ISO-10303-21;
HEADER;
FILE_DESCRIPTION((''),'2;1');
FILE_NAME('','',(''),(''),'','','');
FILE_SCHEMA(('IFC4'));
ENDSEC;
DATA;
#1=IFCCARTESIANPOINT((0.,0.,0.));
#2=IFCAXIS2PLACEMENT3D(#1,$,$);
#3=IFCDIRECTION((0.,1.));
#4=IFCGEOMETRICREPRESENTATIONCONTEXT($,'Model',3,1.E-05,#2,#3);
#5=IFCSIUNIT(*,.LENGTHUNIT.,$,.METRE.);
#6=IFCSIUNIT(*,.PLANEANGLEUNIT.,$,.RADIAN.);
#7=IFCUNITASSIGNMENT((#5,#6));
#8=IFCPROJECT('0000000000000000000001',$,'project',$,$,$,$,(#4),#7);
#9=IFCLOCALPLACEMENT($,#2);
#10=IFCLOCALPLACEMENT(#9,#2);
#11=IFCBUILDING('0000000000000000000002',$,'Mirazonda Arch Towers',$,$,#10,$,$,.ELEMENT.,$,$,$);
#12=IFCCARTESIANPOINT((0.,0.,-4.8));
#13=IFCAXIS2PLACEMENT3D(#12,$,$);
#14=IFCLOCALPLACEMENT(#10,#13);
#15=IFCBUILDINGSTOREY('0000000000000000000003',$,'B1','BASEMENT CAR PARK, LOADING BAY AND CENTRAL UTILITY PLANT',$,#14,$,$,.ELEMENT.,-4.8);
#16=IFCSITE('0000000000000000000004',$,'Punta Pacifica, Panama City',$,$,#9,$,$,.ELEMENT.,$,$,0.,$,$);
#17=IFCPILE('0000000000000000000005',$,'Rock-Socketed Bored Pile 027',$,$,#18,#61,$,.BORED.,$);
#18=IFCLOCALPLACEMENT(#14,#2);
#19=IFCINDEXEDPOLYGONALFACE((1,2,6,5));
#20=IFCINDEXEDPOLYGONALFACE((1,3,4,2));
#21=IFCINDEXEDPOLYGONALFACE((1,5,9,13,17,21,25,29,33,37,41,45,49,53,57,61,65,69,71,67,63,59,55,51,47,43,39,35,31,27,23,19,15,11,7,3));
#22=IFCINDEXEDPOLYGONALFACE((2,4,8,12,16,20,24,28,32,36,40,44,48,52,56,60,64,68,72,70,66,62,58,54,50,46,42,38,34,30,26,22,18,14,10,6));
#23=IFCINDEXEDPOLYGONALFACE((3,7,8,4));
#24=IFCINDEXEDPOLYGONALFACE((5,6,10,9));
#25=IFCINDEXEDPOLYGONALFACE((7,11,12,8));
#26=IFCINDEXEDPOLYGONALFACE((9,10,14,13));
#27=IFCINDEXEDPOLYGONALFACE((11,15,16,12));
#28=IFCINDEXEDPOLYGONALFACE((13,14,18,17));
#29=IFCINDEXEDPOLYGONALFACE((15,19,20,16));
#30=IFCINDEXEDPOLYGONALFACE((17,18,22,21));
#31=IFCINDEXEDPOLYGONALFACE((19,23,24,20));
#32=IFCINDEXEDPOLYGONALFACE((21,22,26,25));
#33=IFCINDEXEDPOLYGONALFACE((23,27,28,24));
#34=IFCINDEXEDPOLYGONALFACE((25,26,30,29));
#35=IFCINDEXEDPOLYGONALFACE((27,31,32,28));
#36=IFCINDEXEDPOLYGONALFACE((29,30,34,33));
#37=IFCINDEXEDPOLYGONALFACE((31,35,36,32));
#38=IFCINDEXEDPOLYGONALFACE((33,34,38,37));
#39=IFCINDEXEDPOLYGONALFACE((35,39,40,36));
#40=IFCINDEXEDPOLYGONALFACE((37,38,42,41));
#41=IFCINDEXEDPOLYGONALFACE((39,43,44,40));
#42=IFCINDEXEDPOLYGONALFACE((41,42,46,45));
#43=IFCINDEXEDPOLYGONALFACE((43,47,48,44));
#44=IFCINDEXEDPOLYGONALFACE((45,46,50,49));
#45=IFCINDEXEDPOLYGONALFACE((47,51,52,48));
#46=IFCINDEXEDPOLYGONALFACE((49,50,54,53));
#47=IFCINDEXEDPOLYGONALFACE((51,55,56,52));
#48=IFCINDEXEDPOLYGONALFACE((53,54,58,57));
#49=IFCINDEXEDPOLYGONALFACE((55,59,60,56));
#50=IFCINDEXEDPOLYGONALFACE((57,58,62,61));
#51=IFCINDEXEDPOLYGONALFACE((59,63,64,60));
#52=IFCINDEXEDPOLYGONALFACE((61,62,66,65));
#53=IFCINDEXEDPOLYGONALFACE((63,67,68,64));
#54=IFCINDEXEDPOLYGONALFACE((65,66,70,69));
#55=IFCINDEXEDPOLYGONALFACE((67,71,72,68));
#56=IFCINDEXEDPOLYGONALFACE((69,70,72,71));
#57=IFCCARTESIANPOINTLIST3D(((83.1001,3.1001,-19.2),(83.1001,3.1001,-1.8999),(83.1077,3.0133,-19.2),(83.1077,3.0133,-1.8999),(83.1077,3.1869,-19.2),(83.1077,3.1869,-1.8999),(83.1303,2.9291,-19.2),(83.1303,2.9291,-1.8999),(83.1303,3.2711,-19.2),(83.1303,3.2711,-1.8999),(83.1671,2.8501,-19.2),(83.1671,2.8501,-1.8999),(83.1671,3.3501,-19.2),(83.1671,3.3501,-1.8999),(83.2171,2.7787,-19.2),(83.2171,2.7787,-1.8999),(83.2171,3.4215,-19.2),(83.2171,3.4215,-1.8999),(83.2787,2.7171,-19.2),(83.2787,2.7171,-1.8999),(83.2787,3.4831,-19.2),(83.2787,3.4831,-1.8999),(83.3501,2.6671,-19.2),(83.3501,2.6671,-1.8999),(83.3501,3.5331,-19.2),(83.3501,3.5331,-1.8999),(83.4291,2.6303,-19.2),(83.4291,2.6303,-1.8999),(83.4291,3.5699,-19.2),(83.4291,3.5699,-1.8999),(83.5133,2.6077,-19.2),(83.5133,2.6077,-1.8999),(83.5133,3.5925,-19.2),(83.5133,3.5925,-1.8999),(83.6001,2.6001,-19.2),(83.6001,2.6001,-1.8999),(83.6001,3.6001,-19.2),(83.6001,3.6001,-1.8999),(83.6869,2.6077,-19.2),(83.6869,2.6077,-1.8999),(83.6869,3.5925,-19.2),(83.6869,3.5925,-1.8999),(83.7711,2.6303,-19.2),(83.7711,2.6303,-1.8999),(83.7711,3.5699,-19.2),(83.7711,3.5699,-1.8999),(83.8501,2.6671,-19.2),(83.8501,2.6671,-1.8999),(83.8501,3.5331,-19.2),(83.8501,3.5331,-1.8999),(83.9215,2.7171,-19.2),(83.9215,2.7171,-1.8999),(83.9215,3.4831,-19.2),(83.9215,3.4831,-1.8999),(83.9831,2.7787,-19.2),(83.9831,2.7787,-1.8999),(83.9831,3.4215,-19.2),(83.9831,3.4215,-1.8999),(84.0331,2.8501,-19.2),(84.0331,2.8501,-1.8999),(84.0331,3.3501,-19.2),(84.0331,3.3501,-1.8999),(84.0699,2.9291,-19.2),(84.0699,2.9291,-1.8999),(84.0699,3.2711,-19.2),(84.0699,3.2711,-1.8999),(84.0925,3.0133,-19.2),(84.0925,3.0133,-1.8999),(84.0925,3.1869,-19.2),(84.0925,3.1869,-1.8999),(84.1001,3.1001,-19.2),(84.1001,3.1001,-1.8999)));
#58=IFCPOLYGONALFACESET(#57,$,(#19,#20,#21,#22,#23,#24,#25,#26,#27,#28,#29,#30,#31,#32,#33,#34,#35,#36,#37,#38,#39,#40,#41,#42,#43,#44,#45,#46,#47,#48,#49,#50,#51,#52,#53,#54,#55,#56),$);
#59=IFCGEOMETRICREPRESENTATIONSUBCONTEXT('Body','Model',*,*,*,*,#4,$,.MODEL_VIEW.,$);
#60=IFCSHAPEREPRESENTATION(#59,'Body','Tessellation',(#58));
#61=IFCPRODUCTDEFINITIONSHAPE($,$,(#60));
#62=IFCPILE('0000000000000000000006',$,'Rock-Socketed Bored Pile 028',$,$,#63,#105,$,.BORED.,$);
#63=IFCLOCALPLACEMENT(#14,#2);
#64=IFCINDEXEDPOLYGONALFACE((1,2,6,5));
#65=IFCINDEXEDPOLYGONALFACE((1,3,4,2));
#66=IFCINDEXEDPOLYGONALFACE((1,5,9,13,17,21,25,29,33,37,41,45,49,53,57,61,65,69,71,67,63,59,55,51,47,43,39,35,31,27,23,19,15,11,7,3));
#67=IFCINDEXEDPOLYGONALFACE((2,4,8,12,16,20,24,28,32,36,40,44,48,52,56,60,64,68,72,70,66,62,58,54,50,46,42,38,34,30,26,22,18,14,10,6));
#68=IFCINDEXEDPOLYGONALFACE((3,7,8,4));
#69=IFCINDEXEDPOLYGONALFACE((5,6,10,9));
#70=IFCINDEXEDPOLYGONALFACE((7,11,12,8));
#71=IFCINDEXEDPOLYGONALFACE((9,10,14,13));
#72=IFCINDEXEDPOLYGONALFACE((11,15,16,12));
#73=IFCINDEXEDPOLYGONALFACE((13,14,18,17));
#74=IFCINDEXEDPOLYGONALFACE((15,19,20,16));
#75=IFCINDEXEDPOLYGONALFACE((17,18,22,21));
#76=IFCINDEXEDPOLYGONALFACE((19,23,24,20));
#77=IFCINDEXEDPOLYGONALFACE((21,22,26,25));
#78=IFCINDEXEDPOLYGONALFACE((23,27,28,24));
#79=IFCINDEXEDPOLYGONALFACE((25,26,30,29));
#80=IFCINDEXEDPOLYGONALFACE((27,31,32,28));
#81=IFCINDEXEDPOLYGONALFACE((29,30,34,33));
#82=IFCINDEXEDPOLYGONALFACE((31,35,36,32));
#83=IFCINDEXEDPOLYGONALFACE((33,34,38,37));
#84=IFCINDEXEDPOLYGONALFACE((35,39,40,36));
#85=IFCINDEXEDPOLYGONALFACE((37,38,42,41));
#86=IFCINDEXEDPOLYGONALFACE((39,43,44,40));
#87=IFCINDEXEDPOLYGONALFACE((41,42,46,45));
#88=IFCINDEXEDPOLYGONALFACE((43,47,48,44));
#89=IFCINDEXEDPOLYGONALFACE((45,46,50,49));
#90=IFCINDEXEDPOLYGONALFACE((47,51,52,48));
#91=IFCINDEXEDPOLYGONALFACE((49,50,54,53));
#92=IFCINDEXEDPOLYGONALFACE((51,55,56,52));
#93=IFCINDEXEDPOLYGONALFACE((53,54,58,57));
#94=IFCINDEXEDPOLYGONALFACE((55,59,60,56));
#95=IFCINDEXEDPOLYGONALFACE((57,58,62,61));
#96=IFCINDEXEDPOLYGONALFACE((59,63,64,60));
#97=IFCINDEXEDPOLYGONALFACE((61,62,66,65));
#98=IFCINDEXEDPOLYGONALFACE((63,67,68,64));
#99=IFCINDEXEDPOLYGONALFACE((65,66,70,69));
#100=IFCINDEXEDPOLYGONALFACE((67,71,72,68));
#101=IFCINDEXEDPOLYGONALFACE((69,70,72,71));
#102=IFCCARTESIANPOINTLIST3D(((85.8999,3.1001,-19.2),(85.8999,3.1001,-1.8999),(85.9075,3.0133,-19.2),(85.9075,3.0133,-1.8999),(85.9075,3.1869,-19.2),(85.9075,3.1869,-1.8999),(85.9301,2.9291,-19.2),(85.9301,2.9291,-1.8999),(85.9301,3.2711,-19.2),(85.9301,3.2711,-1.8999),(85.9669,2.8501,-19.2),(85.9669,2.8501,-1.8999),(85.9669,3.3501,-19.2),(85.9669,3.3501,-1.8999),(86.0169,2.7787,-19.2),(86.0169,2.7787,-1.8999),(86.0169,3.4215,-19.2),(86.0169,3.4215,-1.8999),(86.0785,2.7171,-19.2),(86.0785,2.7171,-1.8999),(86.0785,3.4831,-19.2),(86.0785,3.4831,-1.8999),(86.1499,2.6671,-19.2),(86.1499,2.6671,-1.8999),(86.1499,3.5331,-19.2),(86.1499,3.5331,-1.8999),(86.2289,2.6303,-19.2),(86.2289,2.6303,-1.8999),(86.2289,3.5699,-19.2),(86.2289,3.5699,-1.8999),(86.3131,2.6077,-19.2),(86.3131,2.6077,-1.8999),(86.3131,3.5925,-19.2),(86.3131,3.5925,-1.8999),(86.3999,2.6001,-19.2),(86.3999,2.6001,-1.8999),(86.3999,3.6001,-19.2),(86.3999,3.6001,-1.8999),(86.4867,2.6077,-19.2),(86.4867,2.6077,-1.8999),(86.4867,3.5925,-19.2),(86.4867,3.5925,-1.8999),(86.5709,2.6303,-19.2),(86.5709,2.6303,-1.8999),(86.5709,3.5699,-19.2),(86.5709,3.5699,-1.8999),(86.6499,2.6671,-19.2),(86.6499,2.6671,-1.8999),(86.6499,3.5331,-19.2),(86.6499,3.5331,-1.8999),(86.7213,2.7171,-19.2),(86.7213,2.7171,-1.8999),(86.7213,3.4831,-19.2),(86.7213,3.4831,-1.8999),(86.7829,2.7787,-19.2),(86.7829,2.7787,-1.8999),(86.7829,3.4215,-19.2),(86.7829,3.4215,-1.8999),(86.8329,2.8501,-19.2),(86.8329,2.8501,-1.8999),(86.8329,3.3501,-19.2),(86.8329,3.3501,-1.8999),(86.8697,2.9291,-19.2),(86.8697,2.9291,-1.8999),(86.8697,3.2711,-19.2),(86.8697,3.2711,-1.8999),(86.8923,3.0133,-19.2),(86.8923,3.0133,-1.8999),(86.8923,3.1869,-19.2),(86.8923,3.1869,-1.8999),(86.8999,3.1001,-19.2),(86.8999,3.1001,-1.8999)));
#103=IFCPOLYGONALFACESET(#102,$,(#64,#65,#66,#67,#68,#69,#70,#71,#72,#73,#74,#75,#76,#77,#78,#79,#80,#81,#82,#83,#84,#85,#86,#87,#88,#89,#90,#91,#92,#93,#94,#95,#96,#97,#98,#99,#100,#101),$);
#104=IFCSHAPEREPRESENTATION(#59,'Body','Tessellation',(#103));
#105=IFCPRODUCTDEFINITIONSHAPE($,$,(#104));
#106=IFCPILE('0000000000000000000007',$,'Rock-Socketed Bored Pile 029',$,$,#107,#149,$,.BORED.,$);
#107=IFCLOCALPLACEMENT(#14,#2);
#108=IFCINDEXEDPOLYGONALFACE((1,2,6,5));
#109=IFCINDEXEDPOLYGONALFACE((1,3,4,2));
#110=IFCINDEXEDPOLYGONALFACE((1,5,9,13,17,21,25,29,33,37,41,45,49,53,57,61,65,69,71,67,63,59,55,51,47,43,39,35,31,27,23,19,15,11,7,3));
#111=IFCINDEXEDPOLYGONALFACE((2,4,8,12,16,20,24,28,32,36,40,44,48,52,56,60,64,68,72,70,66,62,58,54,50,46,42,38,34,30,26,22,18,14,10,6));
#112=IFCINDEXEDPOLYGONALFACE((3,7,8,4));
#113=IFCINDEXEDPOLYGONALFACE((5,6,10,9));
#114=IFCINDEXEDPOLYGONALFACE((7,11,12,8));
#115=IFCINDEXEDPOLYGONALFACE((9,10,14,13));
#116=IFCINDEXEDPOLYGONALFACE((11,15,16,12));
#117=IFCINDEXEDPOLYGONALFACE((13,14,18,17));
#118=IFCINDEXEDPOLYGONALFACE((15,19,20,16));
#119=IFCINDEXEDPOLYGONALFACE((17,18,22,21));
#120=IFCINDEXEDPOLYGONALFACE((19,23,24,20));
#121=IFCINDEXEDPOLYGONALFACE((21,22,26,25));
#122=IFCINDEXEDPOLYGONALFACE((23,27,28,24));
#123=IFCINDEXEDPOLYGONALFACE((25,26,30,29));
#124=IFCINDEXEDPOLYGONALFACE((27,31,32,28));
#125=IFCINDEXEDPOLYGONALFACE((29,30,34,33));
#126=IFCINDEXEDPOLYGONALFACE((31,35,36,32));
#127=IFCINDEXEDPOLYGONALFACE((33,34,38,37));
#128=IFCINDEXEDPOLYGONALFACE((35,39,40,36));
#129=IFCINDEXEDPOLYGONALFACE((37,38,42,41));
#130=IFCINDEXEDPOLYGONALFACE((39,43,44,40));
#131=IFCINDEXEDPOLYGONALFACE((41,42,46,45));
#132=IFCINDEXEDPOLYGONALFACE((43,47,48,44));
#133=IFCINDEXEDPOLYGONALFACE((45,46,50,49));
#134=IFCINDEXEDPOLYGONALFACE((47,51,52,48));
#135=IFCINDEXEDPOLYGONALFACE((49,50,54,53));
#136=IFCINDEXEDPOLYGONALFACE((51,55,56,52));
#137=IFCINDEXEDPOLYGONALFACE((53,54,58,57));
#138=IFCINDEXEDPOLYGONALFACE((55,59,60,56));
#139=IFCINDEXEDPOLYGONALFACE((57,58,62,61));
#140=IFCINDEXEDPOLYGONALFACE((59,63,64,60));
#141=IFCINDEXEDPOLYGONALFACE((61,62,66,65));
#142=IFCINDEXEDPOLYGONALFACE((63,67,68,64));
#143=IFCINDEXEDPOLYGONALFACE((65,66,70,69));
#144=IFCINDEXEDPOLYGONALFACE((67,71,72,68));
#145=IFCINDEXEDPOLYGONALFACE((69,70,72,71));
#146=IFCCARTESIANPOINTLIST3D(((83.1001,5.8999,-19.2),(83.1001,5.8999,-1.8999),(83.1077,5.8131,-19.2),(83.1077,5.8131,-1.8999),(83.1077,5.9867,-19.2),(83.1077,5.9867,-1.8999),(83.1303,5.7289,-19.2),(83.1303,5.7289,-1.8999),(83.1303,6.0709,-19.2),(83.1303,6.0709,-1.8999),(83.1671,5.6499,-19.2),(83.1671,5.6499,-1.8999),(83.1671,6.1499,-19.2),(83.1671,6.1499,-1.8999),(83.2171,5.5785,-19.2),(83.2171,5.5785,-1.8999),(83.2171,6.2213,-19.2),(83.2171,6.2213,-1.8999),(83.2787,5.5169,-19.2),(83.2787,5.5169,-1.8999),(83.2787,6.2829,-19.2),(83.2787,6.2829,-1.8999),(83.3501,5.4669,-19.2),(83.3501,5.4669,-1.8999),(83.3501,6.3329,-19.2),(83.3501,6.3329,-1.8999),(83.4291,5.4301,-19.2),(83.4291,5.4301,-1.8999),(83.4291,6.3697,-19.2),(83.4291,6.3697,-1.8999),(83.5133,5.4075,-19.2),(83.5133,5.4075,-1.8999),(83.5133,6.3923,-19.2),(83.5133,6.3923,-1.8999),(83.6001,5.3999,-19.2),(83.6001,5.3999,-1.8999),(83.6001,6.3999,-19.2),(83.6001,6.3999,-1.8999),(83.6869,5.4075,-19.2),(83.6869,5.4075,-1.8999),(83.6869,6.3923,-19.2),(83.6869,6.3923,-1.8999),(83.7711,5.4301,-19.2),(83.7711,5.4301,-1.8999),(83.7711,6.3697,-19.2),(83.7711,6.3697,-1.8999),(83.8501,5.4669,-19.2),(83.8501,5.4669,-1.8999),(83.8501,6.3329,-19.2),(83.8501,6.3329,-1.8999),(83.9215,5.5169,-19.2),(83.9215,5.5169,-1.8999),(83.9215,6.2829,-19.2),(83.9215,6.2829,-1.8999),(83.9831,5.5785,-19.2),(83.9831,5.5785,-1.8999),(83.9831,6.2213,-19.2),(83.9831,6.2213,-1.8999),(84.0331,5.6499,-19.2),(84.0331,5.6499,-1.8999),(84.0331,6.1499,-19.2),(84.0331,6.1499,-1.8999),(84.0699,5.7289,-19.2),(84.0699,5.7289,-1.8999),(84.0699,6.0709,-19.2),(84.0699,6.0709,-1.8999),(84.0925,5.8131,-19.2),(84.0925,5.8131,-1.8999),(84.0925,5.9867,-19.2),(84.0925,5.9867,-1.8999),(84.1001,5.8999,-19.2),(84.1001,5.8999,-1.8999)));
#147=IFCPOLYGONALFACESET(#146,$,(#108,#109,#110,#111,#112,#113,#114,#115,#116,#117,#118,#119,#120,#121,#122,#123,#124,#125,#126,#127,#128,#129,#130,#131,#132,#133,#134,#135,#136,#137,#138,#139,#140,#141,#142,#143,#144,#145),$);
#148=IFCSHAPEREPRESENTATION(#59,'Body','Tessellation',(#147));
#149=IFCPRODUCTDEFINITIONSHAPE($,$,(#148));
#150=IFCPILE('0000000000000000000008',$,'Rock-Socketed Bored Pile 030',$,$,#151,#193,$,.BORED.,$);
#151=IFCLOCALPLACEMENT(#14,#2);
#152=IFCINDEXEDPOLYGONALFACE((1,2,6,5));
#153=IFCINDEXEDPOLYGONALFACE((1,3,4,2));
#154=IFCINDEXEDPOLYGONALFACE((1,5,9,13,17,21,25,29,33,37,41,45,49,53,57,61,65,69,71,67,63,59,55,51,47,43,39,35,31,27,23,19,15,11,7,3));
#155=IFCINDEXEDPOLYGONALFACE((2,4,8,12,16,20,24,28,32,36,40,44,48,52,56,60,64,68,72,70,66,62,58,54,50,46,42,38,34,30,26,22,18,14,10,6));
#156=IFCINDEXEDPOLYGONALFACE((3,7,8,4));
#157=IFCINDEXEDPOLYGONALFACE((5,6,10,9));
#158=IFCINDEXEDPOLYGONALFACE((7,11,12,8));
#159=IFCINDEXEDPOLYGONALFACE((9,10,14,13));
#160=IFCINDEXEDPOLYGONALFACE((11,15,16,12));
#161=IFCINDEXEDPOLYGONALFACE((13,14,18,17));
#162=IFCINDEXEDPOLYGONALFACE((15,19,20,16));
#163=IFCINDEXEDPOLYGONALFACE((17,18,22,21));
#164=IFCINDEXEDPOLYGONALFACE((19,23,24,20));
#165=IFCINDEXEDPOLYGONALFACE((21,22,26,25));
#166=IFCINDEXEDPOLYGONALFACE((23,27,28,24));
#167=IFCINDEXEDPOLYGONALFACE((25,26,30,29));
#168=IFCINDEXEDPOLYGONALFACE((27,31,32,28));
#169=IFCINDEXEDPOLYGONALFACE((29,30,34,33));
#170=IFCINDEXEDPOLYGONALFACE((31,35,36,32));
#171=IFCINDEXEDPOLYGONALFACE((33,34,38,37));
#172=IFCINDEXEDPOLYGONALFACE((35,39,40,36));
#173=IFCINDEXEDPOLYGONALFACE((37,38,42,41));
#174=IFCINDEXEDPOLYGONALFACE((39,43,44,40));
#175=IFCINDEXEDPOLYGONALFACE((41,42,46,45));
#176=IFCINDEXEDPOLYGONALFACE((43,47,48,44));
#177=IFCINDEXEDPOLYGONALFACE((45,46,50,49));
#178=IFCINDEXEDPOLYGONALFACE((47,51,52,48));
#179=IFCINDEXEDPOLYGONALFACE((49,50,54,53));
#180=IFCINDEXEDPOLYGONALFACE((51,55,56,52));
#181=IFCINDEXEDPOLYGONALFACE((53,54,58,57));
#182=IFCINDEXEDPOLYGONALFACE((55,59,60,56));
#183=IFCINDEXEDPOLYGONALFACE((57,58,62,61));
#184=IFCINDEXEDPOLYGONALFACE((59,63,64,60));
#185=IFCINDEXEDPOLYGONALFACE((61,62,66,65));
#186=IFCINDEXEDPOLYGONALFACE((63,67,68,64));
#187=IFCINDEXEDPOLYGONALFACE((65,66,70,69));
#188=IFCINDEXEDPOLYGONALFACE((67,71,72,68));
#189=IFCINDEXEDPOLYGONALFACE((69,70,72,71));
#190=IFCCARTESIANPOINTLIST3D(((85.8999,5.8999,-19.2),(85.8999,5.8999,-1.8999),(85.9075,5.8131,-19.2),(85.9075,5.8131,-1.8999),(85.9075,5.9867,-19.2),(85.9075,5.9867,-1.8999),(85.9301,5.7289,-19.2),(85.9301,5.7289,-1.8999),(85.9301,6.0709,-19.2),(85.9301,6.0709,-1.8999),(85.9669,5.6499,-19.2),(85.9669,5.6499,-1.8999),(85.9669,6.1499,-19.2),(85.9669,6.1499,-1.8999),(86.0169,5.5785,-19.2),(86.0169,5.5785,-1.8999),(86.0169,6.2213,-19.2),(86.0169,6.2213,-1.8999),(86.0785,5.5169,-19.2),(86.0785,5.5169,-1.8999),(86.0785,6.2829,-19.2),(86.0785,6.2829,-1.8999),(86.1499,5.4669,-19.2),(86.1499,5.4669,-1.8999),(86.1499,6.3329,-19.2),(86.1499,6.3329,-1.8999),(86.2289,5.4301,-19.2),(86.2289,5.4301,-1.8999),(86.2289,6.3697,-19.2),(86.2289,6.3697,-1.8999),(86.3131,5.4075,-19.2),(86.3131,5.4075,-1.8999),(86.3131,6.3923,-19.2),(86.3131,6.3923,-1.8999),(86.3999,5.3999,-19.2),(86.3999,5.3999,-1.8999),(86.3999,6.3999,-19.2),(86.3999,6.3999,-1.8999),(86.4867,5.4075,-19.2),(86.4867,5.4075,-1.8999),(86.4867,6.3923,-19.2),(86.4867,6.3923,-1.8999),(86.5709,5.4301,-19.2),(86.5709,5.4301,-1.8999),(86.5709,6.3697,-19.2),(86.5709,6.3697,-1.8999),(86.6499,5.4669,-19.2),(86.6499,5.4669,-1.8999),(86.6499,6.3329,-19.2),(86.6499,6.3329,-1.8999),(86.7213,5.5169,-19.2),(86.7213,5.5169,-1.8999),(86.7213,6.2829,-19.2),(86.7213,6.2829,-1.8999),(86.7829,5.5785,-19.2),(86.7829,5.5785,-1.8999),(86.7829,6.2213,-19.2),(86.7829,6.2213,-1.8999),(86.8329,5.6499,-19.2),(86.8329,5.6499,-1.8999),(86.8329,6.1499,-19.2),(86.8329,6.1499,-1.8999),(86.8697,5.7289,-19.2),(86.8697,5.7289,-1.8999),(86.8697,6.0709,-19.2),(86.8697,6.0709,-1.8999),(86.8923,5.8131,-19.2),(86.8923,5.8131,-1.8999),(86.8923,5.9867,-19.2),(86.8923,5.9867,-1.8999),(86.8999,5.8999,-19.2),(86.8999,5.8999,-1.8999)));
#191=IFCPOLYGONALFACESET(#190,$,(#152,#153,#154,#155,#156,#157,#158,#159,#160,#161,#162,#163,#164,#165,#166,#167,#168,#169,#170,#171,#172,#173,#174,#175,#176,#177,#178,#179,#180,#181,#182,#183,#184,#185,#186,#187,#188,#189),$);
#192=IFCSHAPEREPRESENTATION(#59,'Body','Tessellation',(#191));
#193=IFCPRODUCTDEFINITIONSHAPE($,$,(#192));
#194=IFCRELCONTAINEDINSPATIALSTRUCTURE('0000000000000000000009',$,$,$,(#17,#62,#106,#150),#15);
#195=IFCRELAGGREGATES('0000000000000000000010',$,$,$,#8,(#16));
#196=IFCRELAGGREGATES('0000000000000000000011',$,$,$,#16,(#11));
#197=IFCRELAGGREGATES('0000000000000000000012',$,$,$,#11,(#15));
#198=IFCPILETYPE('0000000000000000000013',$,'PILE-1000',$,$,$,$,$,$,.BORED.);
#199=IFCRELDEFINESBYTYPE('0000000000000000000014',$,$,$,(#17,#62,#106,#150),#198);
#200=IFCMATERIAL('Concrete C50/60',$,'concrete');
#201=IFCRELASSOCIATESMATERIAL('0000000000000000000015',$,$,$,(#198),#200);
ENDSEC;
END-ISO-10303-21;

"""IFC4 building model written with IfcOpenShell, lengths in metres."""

from ifc_helpers import new_model, si_unit, direction, frame, origin, origin_2d, place, context, subcontext, project, spatial, circle, extrude, material, material_profile, profile_set, type_object, element, save


model = new_model("IFC4")

# Units and contexts
model_context = context("Model", 3, precision=1e-05, world=origin(), true_north=direction((0.0, 1.0)))
body_context = subcontext(model_context, "Body", "Model", "MODEL_VIEW")
ifc_project = project(units=[si_unit("LENGTHUNIT", "METRE"), si_unit("PLANEANGLEUNIT", "RADIAN")], contexts=[model_context])

# Site, building, storey
site_placement = place(None, origin())
site = spatial("IfcSite", under=ifc_project, at=site_placement, Name="Punta Pacifica, Panama City", CompositionType="ELEMENT", RefElevation=0.0)
building_placement = place(site_placement, origin())
building = spatial("IfcBuilding", under=site, at=building_placement, Name="Mirazonda Arch Towers", CompositionType="ELEMENT")
storey_placement = place(building_placement, frame((0.0, 0.0, -4.8)))
storey = spatial("IfcBuildingStorey", under=building, at=storey_placement, Name="B1", Description="BASEMENT CAR PARK, LOADING BAY AND CENTRAL UTILITY PLANT", CompositionType="ELEMENT", Elevation=-4.8)

# Piles
ifc_material_1 = material(Name="Concrete C50/60", Category="concrete")
ifc_material_profile_1 = material_profile(ifc_material_1, circle(Radius=0.5, at=origin_2d()), Name="BORED-D1000")
ifc_profile_set_1 = profile_set([ifc_material_profile_1], Name="Concrete C50/60")
pile_type_1 = type_object("IfcPileType", Name="PILE-1000", PredefinedType="BORED", material=ifc_profile_set_1)
for number, where, z_axis, x_axis, name in (
    (1, (83.6001, 3.1001, -1.8999), (0.0, 0.0, -1.0), (1.0, 0.0, 0.0), "Rock-Socketed Bored Pile 027"),
    (2, (86.3999, 3.1001, -1.8999), (0.0, 0.0, -1.0), (1.0, 0.0, 0.0), "Rock-Socketed Bored Pile 028"),
    (3, (83.6001, 5.8999, -1.8999), (0.0, 0.0, -1.0), (1.0, 0.0, 0.0), "Rock-Socketed Bored Pile 029"),
    (4, (86.3999, 5.8999, -1.8999), (0.0, 0.0, -1.0), (1.0, 0.0, 0.0), "Rock-Socketed Bored Pile 030"),
):
    element("IfcPile", number, at=place(storey_placement, frame(where, z_axis=z_axis, x_axis=x_axis)), inside=storey, type_object=pile_type_1, Name=name, PredefinedType="BORED", context=body_context, shape_type="SweptSolid", body=[
        extrude(circle(Radius=0.5, at=origin_2d()), origin(), (0.0, 0.0, 1.0), 17.3),
    ])

save(model, "model.ifc")
